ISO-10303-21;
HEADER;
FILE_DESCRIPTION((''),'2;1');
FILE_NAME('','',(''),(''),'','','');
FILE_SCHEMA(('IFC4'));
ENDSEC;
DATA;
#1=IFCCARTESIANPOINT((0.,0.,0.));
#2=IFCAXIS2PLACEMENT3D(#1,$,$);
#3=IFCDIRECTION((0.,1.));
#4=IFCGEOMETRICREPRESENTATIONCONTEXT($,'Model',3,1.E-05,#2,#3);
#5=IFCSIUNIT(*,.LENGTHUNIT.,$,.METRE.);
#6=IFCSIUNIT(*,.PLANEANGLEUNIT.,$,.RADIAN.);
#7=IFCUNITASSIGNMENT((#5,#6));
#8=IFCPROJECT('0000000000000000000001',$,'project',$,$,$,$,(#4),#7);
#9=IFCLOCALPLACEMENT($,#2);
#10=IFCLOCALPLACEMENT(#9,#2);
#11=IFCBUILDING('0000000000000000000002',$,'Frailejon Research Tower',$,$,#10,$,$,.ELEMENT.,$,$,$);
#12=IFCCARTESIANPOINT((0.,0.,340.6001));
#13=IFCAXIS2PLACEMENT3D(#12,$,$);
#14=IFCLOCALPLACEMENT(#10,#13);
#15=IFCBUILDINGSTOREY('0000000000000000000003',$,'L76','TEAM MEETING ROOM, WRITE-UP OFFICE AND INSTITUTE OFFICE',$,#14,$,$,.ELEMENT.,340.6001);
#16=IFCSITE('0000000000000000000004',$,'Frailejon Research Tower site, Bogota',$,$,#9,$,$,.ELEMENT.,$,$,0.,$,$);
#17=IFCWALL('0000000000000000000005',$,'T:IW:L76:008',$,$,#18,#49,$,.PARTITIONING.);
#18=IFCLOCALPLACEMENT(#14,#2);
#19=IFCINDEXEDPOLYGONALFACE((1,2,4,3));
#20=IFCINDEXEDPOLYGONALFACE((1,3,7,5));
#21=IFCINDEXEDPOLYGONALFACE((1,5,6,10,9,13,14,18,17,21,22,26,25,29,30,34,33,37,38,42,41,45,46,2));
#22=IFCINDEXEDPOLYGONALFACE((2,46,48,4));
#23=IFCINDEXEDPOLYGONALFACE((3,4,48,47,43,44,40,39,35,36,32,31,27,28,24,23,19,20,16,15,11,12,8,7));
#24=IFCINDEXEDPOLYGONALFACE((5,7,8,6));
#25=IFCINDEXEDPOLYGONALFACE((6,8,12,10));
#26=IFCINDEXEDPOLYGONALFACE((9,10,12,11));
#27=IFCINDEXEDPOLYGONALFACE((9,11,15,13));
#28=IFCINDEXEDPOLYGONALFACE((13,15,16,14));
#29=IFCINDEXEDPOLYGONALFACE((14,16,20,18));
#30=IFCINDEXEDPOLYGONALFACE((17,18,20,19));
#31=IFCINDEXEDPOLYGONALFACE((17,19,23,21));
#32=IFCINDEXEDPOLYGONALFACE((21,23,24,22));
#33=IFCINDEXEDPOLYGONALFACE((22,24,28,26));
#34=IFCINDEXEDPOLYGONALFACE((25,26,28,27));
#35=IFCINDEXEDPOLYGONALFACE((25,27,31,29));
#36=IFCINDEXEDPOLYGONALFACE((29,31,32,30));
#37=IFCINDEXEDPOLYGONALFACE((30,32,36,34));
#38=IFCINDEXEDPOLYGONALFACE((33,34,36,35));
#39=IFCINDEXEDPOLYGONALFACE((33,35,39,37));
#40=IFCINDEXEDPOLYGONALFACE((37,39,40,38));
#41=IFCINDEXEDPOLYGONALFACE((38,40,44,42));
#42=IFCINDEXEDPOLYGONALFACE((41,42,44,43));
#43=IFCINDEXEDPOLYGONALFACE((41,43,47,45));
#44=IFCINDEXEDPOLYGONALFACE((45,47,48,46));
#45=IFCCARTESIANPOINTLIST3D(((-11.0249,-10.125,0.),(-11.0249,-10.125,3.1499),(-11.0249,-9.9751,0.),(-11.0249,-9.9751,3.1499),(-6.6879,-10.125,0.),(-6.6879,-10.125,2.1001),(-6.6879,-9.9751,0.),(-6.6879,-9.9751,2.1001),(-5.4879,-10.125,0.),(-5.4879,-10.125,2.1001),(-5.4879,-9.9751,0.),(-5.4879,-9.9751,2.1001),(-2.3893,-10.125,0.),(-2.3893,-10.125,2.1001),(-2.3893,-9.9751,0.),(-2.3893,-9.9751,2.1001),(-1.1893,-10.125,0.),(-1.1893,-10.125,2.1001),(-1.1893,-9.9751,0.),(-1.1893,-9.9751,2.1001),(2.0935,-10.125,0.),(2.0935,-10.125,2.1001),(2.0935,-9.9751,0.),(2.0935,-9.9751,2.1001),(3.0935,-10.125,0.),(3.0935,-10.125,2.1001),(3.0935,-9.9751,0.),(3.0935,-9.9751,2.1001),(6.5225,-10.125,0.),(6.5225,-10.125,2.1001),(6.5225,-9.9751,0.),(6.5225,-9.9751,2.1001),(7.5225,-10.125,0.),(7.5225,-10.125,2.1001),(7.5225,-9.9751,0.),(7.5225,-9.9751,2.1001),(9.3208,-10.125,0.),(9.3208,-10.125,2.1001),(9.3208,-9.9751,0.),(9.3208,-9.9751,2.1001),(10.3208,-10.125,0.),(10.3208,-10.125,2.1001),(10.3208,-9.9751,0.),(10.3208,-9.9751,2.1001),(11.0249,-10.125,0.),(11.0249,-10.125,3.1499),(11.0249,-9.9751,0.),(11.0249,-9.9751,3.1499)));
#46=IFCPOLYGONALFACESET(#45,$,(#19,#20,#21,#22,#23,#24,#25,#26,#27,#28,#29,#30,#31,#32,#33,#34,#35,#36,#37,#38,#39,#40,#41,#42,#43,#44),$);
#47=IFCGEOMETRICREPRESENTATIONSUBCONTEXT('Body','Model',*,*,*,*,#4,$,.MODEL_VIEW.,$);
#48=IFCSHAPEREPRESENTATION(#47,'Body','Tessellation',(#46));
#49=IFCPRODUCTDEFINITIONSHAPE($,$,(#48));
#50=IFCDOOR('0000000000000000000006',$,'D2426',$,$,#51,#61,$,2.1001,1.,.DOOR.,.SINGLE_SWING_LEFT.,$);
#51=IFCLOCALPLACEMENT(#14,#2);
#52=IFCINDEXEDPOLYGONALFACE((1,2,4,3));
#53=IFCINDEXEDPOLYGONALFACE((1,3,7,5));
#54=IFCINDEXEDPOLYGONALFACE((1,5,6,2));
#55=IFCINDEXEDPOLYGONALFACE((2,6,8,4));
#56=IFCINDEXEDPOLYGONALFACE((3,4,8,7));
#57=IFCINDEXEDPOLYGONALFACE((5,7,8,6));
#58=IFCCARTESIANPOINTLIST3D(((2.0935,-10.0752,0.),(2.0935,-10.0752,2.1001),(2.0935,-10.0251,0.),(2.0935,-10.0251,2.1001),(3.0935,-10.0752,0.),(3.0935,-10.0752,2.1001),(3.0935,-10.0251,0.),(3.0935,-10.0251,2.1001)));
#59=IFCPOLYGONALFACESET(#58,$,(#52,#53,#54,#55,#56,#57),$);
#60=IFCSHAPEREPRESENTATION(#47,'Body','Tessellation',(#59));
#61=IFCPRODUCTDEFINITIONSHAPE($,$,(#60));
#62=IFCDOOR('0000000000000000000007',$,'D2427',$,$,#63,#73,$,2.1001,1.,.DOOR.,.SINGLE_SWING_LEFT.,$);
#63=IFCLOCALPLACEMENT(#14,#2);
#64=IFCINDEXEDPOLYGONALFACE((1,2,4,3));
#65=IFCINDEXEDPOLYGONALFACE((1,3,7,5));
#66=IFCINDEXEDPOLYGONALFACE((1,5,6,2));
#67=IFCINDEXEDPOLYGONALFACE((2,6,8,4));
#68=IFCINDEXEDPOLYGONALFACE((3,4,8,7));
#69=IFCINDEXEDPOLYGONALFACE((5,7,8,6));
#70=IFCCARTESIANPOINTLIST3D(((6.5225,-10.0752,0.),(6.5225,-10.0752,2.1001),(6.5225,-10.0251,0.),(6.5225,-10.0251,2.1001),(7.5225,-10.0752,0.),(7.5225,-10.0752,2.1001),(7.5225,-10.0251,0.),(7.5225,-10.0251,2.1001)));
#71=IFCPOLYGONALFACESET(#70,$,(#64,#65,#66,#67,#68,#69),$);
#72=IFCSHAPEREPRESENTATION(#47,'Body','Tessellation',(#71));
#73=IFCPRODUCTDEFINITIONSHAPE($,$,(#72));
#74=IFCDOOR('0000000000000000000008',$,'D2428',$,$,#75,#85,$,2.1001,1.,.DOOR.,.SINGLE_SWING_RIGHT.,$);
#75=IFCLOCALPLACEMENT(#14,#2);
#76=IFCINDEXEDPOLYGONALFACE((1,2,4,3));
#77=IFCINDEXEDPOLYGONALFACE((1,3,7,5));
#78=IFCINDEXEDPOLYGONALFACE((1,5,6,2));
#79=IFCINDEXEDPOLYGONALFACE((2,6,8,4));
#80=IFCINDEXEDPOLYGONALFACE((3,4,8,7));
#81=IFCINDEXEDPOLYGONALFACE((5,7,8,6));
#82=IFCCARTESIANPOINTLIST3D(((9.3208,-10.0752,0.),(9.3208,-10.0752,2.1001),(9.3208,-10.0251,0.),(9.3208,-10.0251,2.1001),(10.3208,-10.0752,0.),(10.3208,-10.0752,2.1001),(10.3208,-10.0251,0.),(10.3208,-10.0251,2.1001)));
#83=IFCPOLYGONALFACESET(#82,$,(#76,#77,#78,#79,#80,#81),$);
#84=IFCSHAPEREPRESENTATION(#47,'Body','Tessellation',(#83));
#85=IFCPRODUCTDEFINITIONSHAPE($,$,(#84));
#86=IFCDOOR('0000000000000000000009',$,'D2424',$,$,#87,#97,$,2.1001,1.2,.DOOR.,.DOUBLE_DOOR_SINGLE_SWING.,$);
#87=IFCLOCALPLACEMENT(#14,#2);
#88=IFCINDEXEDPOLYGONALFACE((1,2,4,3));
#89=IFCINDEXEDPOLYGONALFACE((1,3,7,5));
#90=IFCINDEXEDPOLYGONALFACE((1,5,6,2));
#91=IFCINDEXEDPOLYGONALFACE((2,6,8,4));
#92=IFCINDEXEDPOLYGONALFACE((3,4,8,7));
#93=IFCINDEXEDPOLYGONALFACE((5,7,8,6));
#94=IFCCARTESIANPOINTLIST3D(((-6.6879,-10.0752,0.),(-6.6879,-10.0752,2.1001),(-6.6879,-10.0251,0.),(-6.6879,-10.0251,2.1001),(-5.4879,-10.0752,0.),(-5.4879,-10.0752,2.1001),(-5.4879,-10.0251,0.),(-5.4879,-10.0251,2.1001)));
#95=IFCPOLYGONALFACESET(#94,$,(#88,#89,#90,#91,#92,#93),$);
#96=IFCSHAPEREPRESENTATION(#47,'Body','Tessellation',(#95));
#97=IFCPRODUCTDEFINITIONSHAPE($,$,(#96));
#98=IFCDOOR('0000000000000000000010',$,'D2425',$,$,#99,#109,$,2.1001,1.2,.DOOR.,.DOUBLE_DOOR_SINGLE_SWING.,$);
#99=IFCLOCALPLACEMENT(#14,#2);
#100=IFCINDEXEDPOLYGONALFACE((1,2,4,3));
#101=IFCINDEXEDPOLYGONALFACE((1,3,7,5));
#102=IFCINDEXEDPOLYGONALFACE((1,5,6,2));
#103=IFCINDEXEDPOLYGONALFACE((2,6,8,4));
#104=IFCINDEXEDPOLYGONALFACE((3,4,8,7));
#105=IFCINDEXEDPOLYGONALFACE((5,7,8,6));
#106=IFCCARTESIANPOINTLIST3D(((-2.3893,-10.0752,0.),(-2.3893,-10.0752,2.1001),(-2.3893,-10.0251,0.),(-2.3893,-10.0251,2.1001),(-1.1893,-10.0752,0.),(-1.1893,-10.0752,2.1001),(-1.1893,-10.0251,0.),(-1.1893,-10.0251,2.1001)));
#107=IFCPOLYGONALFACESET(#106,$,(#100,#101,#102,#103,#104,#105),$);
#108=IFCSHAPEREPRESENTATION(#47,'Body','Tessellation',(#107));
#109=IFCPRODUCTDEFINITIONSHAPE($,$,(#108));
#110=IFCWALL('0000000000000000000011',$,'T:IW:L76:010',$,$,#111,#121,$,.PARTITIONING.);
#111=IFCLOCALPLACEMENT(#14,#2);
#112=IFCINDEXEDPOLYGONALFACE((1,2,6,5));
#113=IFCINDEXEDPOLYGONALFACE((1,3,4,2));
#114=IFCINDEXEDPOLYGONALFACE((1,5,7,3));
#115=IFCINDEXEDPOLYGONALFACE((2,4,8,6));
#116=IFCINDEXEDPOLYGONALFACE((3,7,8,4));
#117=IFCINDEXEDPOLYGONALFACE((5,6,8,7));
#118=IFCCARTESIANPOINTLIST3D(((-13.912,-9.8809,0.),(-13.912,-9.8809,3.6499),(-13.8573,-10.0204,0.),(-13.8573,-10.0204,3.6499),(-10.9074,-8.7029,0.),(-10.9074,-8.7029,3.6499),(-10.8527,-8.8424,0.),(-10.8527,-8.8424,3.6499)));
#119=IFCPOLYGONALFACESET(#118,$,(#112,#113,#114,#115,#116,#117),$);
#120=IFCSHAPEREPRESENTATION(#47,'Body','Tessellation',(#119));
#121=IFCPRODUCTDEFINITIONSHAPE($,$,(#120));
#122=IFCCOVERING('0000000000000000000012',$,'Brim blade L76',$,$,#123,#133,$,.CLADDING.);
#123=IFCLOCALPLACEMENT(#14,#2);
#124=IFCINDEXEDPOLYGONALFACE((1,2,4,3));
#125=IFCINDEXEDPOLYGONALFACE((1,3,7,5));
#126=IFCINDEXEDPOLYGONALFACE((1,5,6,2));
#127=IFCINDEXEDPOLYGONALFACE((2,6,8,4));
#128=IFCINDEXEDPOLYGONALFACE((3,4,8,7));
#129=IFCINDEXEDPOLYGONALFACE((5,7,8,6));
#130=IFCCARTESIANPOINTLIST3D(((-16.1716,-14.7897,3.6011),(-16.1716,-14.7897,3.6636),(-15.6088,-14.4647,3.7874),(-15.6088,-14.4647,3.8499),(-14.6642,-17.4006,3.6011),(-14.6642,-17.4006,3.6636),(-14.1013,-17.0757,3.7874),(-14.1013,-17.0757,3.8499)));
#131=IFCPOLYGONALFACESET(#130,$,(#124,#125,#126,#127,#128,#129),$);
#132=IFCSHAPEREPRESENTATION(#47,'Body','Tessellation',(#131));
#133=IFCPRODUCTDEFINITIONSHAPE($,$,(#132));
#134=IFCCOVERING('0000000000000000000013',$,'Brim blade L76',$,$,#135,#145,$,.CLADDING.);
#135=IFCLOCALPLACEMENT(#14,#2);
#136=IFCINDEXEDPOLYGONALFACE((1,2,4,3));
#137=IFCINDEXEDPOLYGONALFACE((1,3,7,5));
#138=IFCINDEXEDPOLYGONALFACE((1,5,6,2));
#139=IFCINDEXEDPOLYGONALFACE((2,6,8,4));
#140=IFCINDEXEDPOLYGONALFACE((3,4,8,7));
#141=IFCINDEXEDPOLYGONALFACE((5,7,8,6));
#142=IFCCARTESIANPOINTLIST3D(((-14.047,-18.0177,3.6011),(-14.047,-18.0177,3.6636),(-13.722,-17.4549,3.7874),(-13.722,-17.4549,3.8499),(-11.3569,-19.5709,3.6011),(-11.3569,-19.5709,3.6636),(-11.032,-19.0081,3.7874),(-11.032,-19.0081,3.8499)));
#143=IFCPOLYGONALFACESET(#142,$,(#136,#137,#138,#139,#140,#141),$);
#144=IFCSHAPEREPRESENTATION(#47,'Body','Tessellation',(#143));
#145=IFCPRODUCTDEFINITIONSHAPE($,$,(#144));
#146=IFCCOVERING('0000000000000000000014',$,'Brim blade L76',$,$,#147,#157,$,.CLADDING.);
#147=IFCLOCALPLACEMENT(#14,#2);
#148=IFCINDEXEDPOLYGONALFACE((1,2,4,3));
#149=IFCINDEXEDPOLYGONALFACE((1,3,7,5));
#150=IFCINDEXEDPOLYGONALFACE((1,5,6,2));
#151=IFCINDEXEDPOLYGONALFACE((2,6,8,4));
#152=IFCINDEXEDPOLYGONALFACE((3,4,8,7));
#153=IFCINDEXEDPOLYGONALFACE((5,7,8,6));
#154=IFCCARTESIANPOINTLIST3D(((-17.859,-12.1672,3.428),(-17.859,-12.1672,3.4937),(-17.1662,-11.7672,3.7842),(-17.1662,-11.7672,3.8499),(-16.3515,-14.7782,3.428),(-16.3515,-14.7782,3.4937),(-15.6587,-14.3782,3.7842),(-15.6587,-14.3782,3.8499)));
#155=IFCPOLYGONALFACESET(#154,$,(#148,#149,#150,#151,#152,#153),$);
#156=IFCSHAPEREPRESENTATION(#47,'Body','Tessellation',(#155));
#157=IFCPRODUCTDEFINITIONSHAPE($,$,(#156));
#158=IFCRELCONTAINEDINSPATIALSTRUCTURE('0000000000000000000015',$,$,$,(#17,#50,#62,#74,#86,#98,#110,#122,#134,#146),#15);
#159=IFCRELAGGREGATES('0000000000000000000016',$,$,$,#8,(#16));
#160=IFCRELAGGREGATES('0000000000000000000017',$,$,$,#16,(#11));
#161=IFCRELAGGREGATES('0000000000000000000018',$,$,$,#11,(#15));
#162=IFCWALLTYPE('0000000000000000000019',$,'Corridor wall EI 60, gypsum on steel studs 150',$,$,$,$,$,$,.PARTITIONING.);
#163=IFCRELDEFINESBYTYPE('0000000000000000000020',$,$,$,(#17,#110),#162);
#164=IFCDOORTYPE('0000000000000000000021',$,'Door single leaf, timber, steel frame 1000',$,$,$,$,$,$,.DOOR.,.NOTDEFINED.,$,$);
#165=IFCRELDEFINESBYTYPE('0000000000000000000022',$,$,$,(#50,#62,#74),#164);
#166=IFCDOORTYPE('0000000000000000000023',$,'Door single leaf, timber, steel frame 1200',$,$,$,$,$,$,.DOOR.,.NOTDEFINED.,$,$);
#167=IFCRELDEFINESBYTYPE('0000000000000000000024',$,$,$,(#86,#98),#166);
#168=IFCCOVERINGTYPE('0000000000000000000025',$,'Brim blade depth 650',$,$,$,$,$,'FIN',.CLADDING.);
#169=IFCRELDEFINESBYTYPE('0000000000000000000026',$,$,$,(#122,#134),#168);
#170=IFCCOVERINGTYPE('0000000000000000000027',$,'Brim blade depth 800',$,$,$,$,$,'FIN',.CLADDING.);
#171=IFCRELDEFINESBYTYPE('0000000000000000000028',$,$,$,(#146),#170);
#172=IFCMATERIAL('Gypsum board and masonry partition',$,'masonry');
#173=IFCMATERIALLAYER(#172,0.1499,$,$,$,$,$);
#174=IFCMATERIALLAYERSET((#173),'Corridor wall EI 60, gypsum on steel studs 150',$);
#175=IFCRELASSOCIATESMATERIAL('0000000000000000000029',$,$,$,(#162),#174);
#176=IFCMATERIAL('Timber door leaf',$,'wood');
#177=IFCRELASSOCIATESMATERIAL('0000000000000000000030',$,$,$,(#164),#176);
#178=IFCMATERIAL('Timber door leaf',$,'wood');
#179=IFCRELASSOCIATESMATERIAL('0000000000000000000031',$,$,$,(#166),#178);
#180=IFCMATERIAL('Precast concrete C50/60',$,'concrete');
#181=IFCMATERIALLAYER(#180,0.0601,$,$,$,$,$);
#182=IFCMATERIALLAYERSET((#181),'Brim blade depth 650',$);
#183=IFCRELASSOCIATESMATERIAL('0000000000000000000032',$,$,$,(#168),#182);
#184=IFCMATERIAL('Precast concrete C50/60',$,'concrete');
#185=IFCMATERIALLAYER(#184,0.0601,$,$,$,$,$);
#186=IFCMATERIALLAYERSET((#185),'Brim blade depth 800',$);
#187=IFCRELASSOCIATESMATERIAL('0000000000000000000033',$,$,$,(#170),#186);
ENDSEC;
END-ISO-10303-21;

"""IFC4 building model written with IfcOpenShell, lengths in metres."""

from ifc_helpers import new_model, si_unit, direction, frame, frame_2d, origin, place, context, subcontext, project, spatial, polyline, rectangle, outline, extrude, material, layer, layer_set, type_object, element, fill, save


model = new_model("IFC4")

# Units and contexts
model_context = context("Model", 3, precision=1e-05, world=origin(), true_north=direction((0.0, 1.0)))
body_context = subcontext(model_context, "Body", "Model", "MODEL_VIEW")
ifc_project = project(units=[si_unit("LENGTHUNIT", "METRE"), si_unit("PLANEANGLEUNIT", "RADIAN")], contexts=[model_context])

# Site, building, storey
site_placement = place(None, origin())
site = spatial("IfcSite", under=ifc_project, at=site_placement, Name="Frailejon Research Tower site, Bogota", CompositionType="ELEMENT", RefElevation=0.0)
building_placement = place(site_placement, origin())
building = spatial("IfcBuilding", under=site, at=building_placement, Name="Frailejon Research Tower", CompositionType="ELEMENT")
storey_placement = place(building_placement, frame((0.0, 0.0, 340.6001)))
storey = spatial("IfcBuildingStorey", under=building, at=storey_placement, Name="L76", Description="TEAM MEETING ROOM, WRITE-UP OFFICE AND INSTITUTE OFFICE", CompositionType="ELEMENT", Elevation=340.6001)

# Shared definitions
ifc_material_1 = material(Name="Gypsum board and masonry partition", Category="masonry")
ifc_layer_1 = layer(ifc_material_1, 0.1499)
ifc_layer_set_1 = layer_set([ifc_layer_1], Name="Corridor wall EI 60, gypsum on steel studs 150")
wall_type = type_object("IfcWallType", Name="Corridor wall EI 60, gypsum on steel studs 150", PredefinedType="PARTITIONING", material=ifc_layer_set_1)

# Wall, openings, doors
wall_1_placement = place(storey_placement, frame((-11.0249, -10.05, 0.0), z_axis=(0.0, 0.0, 1.0), x_axis=(1.0, 0.0, 0.0)))
wall_1 = element("IfcWall", 1, at=wall_1_placement, inside=storey, type_object=wall_type, Name="T:IW:L76:008", PredefinedType="PARTITIONING", context=body_context, shape_type="SweptSolid", body=[
    extrude(rectangle(XDim=22.0498, YDim=0.1499, at=frame_2d((11.0249, 0.0))), origin(), (0.0, 0.0, 1.0), 3.1499),
])
opening_1_placement = place(wall_1_placement, frame((4.3369, 0.0, 0.0)))
opening_1 = element("IfcOpeningElement", 2, at=opening_1_placement, cuts=wall_1, PredefinedType="OPENING", context=body_context, shape_type="SweptSolid", body=[
    extrude(rectangle(XDim=1.2, YDim=2.1001, at=frame_2d((0.6001, 1.05))), frame((0.0, 0.085, 0.0), z_axis=(0.0, -1.0, 0.0), x_axis=(1.0, 0.0, 0.0)), (0.0, 0.0, 1.0), 0.1699),
])
opening_2_placement = place(wall_1_placement, frame((8.6355, 0.0, 0.0)))
opening_2 = element("IfcOpeningElement", 3, at=opening_2_placement, cuts=wall_1, PredefinedType="OPENING", context=body_context, shape_type="SweptSolid", body=[
    extrude(rectangle(XDim=1.2, YDim=2.1001, at=frame_2d((0.6001, 1.05))), frame((0.0, 0.085, 0.0), z_axis=(0.0, -1.0, 0.0), x_axis=(1.0, 0.0, 0.0)), (0.0, 0.0, 1.0), 0.1699),
])
opening_3_placement = place(wall_1_placement, frame((13.1184, 0.0, 0.0)))
opening_3 = element("IfcOpeningElement", 4, at=opening_3_placement, cuts=wall_1, PredefinedType="OPENING", context=body_context, shape_type="SweptSolid", body=[
    extrude(rectangle(XDim=1.0, YDim=2.1001, at=frame_2d((0.5, 1.05))), frame((0.0, 0.085, 0.0), z_axis=(0.0, -1.0, 0.0), x_axis=(1.0, 0.0, 0.0)), (0.0, 0.0, 1.0), 0.1699),
])
opening_4_placement = place(wall_1_placement, frame((17.5474, 0.0, 0.0)))
opening_4 = element("IfcOpeningElement", 5, at=opening_4_placement, cuts=wall_1, PredefinedType="OPENING", context=body_context, shape_type="SweptSolid", body=[
    extrude(rectangle(XDim=1.0, YDim=2.1001, at=frame_2d((0.5, 1.05))), frame((0.0, 0.085, 0.0), z_axis=(0.0, -1.0, 0.0), x_axis=(1.0, 0.0, 0.0)), (0.0, 0.0, 1.0), 0.1699),
])
opening_5_placement = place(wall_1_placement, frame((20.3457, 0.0, 0.0)))
opening_5 = element("IfcOpeningElement", 6, at=opening_5_placement, cuts=wall_1, PredefinedType="OPENING", context=body_context, shape_type="SweptSolid", body=[
    extrude(rectangle(XDim=1.0, YDim=2.1001, at=frame_2d((0.5, 1.05))), frame((0.0, 0.085, 0.0), z_axis=(0.0, -1.0, 0.0), x_axis=(1.0, 0.0, 0.0)), (0.0, 0.0, 1.0), 0.1699),
])
ifc_material_2 = material(Name="Timber door leaf", Category="wood")
door_type_1 = type_object("IfcDoorType", Name="Door single leaf, timber, steel frame 1000", OperationType="NOTDEFINED", PredefinedType="DOOR", material=ifc_material_2)
door_1_placement = place(opening_3_placement, origin())
door_1 = element("IfcDoor", 7, at=door_1_placement, inside=storey, type_object=door_type_1, Name="D2426", OperationType="SINGLE_SWING_LEFT", OverallHeight=2.1001, OverallWidth=1.0, PredefinedType="DOOR", context=body_context, shape_type="SweptSolid", body=[
    extrude(rectangle(XDim=1.0, YDim=2.1001, at=frame_2d((0.5, 1.05))), frame((0.0, 0.0249, 0.0), z_axis=(0.0, -1.0, 0.0), x_axis=(1.0, 0.0, 0.0)), (0.0, 0.0, 1.0), 0.05),
])
fill(opening_3, door_1)
door_2_placement = place(opening_4_placement, origin())
door_2 = element("IfcDoor", 8, at=door_2_placement, inside=storey, type_object=door_type_1, Name="D2427", OperationType="SINGLE_SWING_LEFT", OverallHeight=2.1001, OverallWidth=1.0, PredefinedType="DOOR", context=body_context, shape_type="SweptSolid", body=[
    extrude(rectangle(XDim=1.0, YDim=2.1001, at=frame_2d((0.5, 1.05))), frame((0.0, 0.0249, 0.0), z_axis=(0.0, -1.0, 0.0), x_axis=(1.0, 0.0, 0.0)), (0.0, 0.0, 1.0), 0.05),
])
fill(opening_4, door_2)
door_3_placement = place(opening_5_placement, origin())
door_3 = element("IfcDoor", 9, at=door_3_placement, inside=storey, type_object=door_type_1, Name="D2428", OperationType="SINGLE_SWING_RIGHT", OverallHeight=2.1001, OverallWidth=1.0, PredefinedType="DOOR", context=body_context, shape_type="SweptSolid", body=[
    extrude(rectangle(XDim=1.0, YDim=2.1001, at=frame_2d((0.5, 1.05))), frame((0.0, 0.0249, 0.0), z_axis=(0.0, -1.0, 0.0), x_axis=(1.0, 0.0, 0.0)), (0.0, 0.0, 1.0), 0.05),
])
fill(opening_5, door_3)
ifc_material_3 = material(Name="Timber door leaf", Category="wood")
door_type_2 = type_object("IfcDoorType", Name="Door single leaf, timber, steel frame 1200", OperationType="NOTDEFINED", PredefinedType="DOOR", material=ifc_material_3)
door_4_placement = place(opening_1_placement, origin())
door_4 = element("IfcDoor", 10, at=door_4_placement, inside=storey, type_object=door_type_2, Name="D2424", OperationType="DOUBLE_DOOR_SINGLE_SWING", OverallHeight=2.1001, OverallWidth=1.2, PredefinedType="DOOR", context=body_context, shape_type="SweptSolid", body=[
    extrude(rectangle(XDim=1.2, YDim=2.1001, at=frame_2d((0.6001, 1.05))), frame((0.0, 0.0249, 0.0), z_axis=(0.0, -1.0, 0.0), x_axis=(1.0, 0.0, 0.0)), (0.0, 0.0, 1.0), 0.05),
])
fill(opening_1, door_4)
door_5_placement = place(opening_2_placement, origin())
door_5 = element("IfcDoor", 11, at=door_5_placement, inside=storey, type_object=door_type_2, Name="D2425", OperationType="DOUBLE_DOOR_SINGLE_SWING", OverallHeight=2.1001, OverallWidth=1.2, PredefinedType="DOOR", context=body_context, shape_type="SweptSolid", body=[
    extrude(rectangle(XDim=1.2, YDim=2.1001, at=frame_2d((0.6001, 1.05))), frame((0.0, 0.0249, 0.0), z_axis=(0.0, -1.0, 0.0), x_axis=(1.0, 0.0, 0.0)), (0.0, 0.0, 1.0), 0.05),
])
fill(opening_2, door_5)

# Wall
wall_2_placement = place(storey_placement, frame((-13.8848, -9.9507, 0.0), z_axis=(0.0, 0.0, 1.0), x_axis=(0.931006, 0.365004, 0.0)))
element("IfcWall", 12, at=wall_2_placement, inside=storey, type_object=wall_type, Name="T:IW:L76:010", PredefinedType="PARTITIONING", context=body_context, shape_type="SweptSolid", body=[
    extrude(rectangle(XDim=3.2273, YDim=0.1499, at=frame_2d((1.6138, 0.0))), origin(), (0.0, 0.0, 1.0), 3.6499),
])

# Coverings
ifc_material_4 = material(Name="Precast concrete C50/60", Category="concrete")
ifc_layer_2 = layer(ifc_material_4, 0.0601)
ifc_layer_set_2 = layer_set([ifc_layer_2], Name="Brim blade depth 650")
covering_type_1 = type_object("IfcCoveringType", Name="Brim blade depth 650", ElementType="FIN", PredefinedType="CLADDING", material=ifc_layer_set_2)
covering_1_placement = place(storey_placement, frame((-14.1013, -17.0757, 3.8499), z_axis=(-0.499999, 0.866026, 0.0), x_axis=(-0.866026, -0.499999, 0.0)))
element("IfcCovering", 13, at=covering_1_placement, inside=storey, type_object=covering_type_1, Name="Brim blade L76", PredefinedType="CLADDING", context=body_context, shape_type="SweptSolid", body=[
    extrude(outline(polyline([(0.0, -0.0625), (0.6499, -0.2488), (0.6499, -0.1863), (0.0, 0.0), (0.0, -0.0625)])), origin(), (0.0, 0.0, 1.0), 3.0149),
])
covering_2_placement = place(storey_placement, frame((-11.032, -19.0081, 3.8499), z_axis=(-0.866014, 0.50002, 0.0), x_axis=(-0.50002, -0.866014, 0.0)))
element("IfcCovering", 14, at=covering_2_placement, inside=storey, type_object=covering_type_1, Name="Brim blade L76", PredefinedType="CLADDING", context=body_context, shape_type="SweptSolid", body=[
    extrude(outline(polyline([(0.0, -0.0625), (0.6499, -0.2488), (0.6499, -0.1863), (0.0, 0.0), (0.0, -0.0625)])), origin(), (0.0, 0.0, 1.0), 3.1062),
])
ifc_material_5 = material(Name="Precast concrete C50/60", Category="concrete")
ifc_layer_3 = layer(ifc_material_5, 0.0601)
ifc_layer_set_3 = layer_set([ifc_layer_3], Name="Brim blade depth 800")
covering_type_2 = type_object("IfcCoveringType", Name="Brim blade depth 800", ElementType="FIN", PredefinedType="CLADDING", material=ifc_layer_set_3)
covering_3_placement = place(storey_placement, frame((-15.6587, -14.3782, 3.8499), z_axis=(-0.50001, 0.86602, 0.0), x_axis=(-0.86602, -0.50001, 0.0)))
element("IfcCovering", 15, at=covering_3_placement, inside=storey, type_object=covering_type_2, Name="Brim blade L76", PredefinedType="CLADDING", context=body_context, shape_type="SweptSolid", body=[
    extrude(outline(polyline([(0.0, -0.0657), (0.8, -0.4219), (0.8, -0.3562), (0.0, 0.0), (0.0, -0.0657)])), origin(), (0.0, 0.0, 1.0), 3.0149),
])

save(model, "model.ifc")
